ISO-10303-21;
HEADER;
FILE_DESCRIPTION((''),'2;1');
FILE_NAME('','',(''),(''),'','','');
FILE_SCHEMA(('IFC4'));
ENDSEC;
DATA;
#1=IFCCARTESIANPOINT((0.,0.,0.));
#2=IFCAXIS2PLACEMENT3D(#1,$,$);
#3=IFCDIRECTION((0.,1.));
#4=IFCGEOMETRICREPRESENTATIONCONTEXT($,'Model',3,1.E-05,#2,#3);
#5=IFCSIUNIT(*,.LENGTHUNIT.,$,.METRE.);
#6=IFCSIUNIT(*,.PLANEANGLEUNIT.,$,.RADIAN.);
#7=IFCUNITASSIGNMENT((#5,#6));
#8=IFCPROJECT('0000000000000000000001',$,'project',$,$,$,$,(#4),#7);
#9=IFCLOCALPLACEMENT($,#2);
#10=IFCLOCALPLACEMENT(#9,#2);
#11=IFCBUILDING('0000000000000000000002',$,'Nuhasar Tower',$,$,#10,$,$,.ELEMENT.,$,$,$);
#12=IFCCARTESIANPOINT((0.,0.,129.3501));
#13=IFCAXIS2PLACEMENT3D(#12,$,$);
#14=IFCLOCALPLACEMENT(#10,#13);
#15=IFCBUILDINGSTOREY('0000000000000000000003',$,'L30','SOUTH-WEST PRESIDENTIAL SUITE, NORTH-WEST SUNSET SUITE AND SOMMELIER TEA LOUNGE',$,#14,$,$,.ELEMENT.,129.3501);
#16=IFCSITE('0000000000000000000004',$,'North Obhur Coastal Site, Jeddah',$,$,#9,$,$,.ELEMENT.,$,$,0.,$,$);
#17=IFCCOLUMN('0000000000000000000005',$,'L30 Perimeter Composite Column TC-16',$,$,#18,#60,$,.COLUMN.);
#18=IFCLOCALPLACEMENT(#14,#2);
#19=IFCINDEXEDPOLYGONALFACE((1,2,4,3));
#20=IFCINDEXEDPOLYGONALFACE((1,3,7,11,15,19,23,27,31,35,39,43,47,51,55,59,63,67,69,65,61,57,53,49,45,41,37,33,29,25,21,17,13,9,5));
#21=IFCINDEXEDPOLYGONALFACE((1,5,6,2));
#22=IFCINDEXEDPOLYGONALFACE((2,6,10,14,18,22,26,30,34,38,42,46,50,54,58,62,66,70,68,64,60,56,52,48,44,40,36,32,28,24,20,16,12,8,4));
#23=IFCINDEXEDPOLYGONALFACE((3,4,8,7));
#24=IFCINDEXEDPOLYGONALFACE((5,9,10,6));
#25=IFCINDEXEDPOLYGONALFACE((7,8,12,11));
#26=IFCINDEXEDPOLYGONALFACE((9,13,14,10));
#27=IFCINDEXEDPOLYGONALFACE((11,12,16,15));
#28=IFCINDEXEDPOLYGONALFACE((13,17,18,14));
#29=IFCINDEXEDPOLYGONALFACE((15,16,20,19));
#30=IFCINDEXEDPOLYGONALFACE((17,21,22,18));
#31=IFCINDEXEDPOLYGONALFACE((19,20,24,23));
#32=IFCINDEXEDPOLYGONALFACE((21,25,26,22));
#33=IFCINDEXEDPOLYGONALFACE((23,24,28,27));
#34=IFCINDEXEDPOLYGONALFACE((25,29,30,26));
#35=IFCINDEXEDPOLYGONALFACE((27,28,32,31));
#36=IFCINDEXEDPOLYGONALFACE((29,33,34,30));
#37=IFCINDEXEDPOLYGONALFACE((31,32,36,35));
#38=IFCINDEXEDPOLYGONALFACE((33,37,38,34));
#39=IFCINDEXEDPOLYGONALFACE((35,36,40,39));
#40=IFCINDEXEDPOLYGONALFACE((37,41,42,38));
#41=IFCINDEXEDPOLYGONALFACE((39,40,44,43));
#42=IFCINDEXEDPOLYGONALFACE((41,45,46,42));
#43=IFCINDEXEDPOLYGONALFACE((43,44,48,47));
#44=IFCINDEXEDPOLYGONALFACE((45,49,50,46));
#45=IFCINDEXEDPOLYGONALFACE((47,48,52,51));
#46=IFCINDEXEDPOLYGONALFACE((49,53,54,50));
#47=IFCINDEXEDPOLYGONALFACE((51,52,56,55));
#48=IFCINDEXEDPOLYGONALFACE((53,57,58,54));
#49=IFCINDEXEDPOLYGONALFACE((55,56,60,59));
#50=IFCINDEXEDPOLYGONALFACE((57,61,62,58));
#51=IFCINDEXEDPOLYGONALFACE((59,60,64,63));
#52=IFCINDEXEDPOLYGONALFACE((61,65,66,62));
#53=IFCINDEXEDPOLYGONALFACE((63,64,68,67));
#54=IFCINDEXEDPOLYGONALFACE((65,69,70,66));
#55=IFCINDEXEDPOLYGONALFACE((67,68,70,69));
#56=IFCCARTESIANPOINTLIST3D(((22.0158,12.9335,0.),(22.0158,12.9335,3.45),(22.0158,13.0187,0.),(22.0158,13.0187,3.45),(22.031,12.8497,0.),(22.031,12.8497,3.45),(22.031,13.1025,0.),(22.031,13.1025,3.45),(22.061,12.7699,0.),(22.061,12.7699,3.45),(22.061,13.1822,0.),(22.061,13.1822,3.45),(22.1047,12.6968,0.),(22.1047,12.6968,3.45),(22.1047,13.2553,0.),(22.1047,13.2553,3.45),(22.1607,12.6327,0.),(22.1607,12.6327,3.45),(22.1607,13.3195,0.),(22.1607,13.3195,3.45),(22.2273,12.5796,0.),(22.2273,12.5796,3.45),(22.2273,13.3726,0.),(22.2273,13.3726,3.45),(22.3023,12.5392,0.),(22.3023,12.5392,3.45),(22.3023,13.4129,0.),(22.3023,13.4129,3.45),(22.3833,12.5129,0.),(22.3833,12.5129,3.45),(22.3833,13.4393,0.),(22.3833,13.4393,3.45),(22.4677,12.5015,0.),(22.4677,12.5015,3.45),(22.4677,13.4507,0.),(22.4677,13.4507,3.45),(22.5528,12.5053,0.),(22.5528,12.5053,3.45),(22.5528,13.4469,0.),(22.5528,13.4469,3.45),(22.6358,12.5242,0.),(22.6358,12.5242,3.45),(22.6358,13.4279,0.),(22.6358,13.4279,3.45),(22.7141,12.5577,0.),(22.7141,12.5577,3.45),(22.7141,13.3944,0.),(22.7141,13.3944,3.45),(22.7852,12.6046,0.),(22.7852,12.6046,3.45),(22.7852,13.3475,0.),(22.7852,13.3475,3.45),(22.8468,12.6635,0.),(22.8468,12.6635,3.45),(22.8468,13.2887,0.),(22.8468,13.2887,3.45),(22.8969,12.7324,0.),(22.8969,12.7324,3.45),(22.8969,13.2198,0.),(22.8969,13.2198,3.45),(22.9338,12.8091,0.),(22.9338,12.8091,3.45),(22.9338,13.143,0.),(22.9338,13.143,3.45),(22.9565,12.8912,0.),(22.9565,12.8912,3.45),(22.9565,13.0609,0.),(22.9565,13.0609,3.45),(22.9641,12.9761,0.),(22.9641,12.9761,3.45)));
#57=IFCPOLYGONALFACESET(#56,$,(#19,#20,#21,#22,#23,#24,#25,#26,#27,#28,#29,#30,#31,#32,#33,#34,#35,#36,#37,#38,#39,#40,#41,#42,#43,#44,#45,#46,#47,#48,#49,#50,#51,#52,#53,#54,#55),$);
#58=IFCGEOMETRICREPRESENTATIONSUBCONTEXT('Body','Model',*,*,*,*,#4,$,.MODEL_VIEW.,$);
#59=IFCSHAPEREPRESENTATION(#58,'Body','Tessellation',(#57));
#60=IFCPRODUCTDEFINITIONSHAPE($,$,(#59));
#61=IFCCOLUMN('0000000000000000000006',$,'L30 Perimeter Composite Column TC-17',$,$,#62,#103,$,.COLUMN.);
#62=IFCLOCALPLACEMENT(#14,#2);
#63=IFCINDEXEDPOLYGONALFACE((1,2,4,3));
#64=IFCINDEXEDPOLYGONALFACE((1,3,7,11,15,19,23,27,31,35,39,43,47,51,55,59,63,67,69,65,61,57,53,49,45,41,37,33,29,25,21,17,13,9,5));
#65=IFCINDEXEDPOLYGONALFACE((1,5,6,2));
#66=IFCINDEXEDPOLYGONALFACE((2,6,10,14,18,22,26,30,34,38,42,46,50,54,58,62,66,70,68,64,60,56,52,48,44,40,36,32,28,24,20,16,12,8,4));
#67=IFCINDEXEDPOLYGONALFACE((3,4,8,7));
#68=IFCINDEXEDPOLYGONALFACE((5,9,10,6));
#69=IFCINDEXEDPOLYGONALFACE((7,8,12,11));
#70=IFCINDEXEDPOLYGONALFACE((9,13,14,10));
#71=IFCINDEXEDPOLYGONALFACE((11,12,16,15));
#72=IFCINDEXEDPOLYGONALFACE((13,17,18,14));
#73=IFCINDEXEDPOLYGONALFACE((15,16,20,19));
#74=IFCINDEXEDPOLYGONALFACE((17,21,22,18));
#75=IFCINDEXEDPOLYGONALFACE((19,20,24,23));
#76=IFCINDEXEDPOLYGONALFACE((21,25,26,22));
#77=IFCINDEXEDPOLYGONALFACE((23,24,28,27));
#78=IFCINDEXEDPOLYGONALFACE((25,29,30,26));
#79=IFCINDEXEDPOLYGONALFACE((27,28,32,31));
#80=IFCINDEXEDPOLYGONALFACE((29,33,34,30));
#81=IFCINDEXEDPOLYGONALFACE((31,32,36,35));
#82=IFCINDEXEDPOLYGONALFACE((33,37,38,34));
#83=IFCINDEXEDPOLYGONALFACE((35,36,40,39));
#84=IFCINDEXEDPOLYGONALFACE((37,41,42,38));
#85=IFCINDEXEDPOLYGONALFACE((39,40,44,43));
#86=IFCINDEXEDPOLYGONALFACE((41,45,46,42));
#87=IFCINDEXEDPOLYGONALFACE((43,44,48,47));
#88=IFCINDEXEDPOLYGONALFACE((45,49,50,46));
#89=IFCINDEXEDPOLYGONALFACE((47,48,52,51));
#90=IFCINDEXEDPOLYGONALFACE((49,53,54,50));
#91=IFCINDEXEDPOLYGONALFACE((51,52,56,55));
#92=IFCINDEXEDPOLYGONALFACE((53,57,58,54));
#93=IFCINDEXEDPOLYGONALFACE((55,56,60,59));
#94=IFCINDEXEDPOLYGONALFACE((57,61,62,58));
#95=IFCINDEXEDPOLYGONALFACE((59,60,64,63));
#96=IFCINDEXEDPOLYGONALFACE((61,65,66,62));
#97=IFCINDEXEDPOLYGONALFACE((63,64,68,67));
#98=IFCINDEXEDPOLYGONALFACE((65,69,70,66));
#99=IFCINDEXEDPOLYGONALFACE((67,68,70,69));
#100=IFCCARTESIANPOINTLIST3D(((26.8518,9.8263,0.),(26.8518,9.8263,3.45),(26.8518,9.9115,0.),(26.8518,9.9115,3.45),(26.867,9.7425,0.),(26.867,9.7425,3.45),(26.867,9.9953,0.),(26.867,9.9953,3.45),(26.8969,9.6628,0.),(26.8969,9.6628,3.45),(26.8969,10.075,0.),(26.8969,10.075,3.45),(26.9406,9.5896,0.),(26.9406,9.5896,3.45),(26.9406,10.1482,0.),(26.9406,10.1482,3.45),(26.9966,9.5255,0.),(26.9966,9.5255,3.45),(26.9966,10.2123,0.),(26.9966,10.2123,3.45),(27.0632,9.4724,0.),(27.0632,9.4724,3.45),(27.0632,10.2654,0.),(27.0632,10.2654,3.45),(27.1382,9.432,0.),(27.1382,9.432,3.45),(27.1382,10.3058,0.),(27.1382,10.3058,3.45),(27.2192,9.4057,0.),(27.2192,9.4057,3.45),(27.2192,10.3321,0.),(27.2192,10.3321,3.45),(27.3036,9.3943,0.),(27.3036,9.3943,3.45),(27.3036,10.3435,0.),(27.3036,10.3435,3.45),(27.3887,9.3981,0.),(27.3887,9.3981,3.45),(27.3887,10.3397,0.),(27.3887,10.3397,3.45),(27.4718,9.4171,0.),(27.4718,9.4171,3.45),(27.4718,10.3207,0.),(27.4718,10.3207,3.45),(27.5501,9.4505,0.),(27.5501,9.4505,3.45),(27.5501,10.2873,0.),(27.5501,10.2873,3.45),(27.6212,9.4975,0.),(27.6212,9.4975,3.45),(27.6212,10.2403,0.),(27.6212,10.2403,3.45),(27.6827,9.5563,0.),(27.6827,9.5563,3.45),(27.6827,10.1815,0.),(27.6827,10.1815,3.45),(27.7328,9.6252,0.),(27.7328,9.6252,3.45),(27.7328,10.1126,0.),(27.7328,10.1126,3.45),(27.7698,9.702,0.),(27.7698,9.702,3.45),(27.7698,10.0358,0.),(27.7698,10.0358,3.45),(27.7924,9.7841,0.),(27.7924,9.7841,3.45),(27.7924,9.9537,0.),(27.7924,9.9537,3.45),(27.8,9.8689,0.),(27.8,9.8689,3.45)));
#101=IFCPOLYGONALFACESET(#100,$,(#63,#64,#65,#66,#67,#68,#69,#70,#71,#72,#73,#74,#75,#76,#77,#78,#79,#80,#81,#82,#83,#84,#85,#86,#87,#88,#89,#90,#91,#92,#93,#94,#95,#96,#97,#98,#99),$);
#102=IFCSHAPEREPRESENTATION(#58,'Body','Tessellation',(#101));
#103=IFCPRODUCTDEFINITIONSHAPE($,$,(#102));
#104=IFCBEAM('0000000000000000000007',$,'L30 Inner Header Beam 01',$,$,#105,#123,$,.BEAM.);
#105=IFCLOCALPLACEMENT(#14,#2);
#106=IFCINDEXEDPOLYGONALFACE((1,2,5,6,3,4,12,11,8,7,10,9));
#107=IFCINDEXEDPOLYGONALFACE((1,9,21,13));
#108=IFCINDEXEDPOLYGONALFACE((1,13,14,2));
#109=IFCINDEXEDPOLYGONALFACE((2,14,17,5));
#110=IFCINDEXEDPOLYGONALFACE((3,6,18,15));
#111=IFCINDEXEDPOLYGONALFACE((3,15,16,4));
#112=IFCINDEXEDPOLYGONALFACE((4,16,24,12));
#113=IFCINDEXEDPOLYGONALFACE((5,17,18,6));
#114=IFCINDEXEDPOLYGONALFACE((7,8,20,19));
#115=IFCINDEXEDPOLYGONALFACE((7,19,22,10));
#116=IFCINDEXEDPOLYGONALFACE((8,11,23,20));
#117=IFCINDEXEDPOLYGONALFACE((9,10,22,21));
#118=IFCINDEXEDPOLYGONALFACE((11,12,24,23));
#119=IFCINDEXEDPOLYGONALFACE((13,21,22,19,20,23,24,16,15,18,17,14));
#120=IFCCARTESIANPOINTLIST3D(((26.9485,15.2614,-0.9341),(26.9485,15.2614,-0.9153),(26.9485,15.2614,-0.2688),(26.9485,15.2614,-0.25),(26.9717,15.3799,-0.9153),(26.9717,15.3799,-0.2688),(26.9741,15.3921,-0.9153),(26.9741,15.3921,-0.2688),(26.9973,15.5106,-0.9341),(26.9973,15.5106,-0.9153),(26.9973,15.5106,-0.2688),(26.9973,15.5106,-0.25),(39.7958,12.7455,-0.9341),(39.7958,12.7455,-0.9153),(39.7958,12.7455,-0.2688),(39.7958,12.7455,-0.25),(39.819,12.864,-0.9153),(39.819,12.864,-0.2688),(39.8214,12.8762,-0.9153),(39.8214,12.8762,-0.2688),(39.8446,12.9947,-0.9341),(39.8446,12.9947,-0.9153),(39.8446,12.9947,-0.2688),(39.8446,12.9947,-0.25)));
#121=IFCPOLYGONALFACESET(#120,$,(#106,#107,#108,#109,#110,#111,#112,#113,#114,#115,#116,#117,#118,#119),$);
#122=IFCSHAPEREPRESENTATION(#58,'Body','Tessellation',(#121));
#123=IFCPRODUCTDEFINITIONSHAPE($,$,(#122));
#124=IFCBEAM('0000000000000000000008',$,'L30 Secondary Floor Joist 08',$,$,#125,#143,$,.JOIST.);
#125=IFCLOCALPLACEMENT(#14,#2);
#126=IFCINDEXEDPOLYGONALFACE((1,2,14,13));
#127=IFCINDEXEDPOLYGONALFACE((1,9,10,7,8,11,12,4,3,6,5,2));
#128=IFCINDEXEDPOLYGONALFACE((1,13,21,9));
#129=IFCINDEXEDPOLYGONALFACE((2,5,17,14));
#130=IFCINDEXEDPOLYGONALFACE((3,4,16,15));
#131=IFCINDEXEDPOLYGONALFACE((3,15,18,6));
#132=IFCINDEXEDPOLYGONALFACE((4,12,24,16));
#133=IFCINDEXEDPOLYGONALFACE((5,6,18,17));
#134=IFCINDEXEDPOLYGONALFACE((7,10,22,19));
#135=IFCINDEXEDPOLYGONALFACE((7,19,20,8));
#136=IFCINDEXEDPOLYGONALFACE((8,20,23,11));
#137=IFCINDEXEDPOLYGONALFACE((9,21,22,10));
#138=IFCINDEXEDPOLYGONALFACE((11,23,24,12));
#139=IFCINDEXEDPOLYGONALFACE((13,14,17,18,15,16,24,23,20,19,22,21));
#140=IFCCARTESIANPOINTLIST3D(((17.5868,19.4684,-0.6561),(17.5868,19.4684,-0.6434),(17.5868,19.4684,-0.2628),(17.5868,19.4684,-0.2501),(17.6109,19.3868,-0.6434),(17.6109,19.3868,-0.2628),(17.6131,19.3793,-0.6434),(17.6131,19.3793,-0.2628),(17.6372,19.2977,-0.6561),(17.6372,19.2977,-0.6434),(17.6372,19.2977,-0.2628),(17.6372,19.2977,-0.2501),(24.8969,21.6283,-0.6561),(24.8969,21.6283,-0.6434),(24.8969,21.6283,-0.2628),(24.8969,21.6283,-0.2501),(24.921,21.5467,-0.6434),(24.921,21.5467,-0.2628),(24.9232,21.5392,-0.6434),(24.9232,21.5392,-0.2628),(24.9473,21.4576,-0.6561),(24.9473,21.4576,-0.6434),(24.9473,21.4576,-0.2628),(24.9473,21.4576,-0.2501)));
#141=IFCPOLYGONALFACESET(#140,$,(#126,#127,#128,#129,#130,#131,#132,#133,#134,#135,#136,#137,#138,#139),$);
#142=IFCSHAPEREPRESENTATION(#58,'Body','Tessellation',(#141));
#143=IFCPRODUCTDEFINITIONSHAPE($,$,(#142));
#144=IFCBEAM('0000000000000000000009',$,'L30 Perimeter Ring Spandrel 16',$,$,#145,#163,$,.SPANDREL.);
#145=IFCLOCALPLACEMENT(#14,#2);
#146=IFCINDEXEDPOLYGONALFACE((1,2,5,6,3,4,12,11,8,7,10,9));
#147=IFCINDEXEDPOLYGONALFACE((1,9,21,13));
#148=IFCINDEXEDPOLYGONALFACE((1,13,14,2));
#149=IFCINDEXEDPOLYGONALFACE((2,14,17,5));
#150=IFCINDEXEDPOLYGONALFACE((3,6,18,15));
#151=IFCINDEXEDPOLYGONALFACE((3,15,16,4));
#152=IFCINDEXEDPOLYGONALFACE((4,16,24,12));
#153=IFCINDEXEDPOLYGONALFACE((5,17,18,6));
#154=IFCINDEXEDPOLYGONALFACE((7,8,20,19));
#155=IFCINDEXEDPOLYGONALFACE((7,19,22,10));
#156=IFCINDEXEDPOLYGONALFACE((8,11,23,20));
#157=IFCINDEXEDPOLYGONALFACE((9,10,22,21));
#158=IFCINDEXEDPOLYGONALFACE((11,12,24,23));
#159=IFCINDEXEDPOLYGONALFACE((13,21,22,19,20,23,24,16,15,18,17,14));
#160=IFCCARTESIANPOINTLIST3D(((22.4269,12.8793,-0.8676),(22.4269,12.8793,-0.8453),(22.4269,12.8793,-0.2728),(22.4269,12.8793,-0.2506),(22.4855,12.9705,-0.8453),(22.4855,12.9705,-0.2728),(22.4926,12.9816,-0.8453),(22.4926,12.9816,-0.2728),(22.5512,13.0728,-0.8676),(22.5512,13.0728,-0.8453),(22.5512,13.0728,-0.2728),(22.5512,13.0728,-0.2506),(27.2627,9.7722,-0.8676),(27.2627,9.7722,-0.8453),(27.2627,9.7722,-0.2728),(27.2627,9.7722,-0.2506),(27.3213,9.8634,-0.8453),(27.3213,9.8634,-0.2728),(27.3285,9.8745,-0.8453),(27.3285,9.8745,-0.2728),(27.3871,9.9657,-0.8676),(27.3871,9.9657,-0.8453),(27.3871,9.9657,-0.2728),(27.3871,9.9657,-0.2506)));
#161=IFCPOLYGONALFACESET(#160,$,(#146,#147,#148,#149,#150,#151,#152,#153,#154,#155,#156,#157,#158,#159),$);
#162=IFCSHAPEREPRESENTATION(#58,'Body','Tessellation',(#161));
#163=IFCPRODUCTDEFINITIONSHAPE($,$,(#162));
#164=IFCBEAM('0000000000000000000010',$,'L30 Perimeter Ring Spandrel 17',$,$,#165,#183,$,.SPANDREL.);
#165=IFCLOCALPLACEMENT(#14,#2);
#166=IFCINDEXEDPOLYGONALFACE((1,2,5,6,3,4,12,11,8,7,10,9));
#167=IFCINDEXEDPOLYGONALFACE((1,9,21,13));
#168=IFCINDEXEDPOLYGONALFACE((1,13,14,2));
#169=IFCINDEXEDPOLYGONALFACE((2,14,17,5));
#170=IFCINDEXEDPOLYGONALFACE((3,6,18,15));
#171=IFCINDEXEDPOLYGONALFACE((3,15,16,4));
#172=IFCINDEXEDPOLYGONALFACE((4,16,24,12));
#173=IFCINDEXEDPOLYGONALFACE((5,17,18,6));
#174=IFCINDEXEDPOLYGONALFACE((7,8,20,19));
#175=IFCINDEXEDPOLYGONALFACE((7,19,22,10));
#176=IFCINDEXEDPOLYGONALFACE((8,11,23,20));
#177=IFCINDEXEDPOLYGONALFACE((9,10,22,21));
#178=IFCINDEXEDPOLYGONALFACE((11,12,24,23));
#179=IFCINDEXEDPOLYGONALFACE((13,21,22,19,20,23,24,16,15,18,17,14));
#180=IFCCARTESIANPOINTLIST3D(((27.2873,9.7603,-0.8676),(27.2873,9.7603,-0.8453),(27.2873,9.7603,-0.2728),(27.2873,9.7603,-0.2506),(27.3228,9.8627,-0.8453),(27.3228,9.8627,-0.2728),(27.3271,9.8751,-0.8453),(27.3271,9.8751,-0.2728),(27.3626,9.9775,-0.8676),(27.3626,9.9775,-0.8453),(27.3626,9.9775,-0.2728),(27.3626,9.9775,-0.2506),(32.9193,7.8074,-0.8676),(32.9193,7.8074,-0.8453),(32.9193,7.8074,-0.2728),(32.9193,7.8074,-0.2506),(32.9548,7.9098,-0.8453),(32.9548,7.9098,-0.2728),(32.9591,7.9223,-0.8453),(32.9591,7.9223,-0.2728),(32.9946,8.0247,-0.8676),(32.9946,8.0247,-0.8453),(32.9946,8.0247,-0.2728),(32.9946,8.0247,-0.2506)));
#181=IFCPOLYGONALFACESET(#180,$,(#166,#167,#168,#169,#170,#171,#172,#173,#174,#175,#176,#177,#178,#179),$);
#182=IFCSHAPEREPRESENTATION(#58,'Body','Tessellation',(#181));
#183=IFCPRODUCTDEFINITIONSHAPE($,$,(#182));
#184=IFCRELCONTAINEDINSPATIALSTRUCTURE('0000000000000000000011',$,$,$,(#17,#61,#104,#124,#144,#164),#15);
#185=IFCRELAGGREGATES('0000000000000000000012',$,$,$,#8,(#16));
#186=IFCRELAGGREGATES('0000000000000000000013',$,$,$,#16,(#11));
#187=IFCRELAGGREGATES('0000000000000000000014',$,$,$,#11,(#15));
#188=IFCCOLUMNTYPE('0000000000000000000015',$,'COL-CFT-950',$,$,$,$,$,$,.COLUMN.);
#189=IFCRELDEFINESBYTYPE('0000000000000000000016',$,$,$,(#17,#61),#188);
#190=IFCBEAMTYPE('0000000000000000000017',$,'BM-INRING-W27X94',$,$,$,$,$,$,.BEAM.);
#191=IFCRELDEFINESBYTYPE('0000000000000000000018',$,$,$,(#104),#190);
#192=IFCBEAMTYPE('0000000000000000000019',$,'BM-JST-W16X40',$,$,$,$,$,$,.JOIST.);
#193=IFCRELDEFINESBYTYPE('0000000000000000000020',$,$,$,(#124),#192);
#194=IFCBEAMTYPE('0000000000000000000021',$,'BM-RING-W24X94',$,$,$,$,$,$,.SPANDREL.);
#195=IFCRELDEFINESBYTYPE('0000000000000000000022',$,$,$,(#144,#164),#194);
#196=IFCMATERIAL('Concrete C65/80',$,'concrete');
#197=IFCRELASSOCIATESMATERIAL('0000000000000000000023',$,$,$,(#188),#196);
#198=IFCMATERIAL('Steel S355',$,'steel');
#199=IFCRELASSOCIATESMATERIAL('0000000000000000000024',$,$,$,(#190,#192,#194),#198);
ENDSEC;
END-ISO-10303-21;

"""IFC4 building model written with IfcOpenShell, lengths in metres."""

from ifc_helpers import new_model, si_unit, direction, frame, origin, origin_2d, place, context, subcontext, project, spatial, circle, i_section, extrude, material, material_profile, profile_set, type_object, element, save


model = new_model("IFC4")

# Units and contexts
model_context = context("Model", 3, precision=1e-05, world=origin(), true_north=direction((0.0, 1.0)))
body_context = subcontext(model_context, "Body", "Model", "MODEL_VIEW")
ifc_project = project(units=[si_unit("LENGTHUNIT", "METRE"), si_unit("PLANEANGLEUNIT", "RADIAN")], contexts=[model_context])

# Site, building, storey
site_placement = place(None, origin())
site = spatial("IfcSite", under=ifc_project, at=site_placement, Name="North Obhur Coastal Site, Jeddah", CompositionType="ELEMENT", RefElevation=0.0)
building_placement = place(site_placement, origin())
building = spatial("IfcBuilding", under=site, at=building_placement, Name="Nuhasar Tower", CompositionType="ELEMENT")
storey_placement = place(building_placement, frame((0.0, 0.0, 129.3501)))
storey = spatial("IfcBuildingStorey", under=building, at=storey_placement, Name="L30", Description="SOUTH-WEST PRESIDENTIAL SUITE, NORTH-WEST SUNSET SUITE AND SOMMELIER TEA LOUNGE", CompositionType="ELEMENT", Elevation=129.3501)

# Columns
ifc_material_1 = material(Name="Concrete C65/80", Category="concrete")
ifc_material_profile_1 = material_profile(ifc_material_1, circle(Radius=0.4751, at=origin_2d()), Name="CFT950")
ifc_profile_set_1 = profile_set([ifc_material_profile_1], Name="Concrete C65/80")
column_type = type_object("IfcColumnType", Name="COL-CFT-950", PredefinedType="COLUMN", material=ifc_profile_set_1)
for number, where, z_axis, x_axis, name in (
    (1, (22.489, 12.9761, 0.0), (0.0, 0.0, 1.0), (1.0, 0.0, 0.0), "L30 Perimeter Composite Column TC-16"),
    (2, (27.325, 9.8689, 0.0), (0.0, 0.0, 1.0), (1.0, 0.0, 0.0), "L30 Perimeter Composite Column TC-17"),
):
    element("IfcColumn", number, at=place(storey_placement, frame(where, z_axis=z_axis, x_axis=x_axis)), inside=storey, type_object=column_type, Name=name, PredefinedType="COLUMN", context=body_context, shape_type="SweptSolid", body=[
        extrude(circle(Radius=0.4751, at=origin_2d()), origin(), (0.0, 0.0, 1.0), 3.45),
    ])

# Beams
ifc_material_2 = material(Name="Steel S355", Category="steel")
ifc_material_profile_2 = material_profile(ifc_material_2, i_section(OverallWidth=0.2539, OverallDepth=0.6841, WebThickness=0.0125, FlangeThickness=0.0188, at=origin_2d()), Name="W27X94")
ifc_profile_set_2 = profile_set([ifc_material_profile_2], Name="Steel S355")
beam_type_1 = type_object("IfcBeamType", Name="BM-INRING-W27X94", PredefinedType="BEAM", material=ifc_profile_set_2)
beam_1_placement = place(storey_placement, frame((26.9729, 15.386, -0.592), z_axis=(0.98136, -0.19218, 0.0), x_axis=(0.19218, 0.98136, 0.0)))
element("IfcBeam", 3, at=beam_1_placement, inside=storey, type_object=beam_type_1, Name="L30 Inner Header Beam 01", PredefinedType="BEAM", context=body_context, shape_type="SweptSolid", body=[
    extrude(i_section(OverallWidth=0.2539, OverallDepth=0.6841, WebThickness=0.0125, FlangeThickness=0.0188, at=origin_2d()), origin(), (0.0, 0.0, 1.0), 13.0913),
])
ifc_material_profile_3 = material_profile(ifc_material_2, i_section(OverallWidth=0.178, OverallDepth=0.406, WebThickness=0.0078, FlangeThickness=0.0127, at=origin_2d()), Name="W16X40")
ifc_profile_set_3 = profile_set([ifc_material_profile_3], Name="Steel S355")
beam_type_2 = type_object("IfcBeamType", Name="BM-JST-W16X40", PredefinedType="JOIST", material=ifc_profile_set_3)
beam_2_placement = place(storey_placement, frame((24.9221, 21.543, -0.4531), z_axis=(-0.959013, -0.283361, 0.0), x_axis=(0.283361, -0.959013, 0.0)))
element("IfcBeam", 4, at=beam_2_placement, inside=storey, type_object=beam_type_2, Name="L30 Secondary Floor Joist 08", PredefinedType="JOIST", context=body_context, shape_type="SweptSolid", body=[
    extrude(i_section(OverallWidth=0.178, OverallDepth=0.406, WebThickness=0.0078, FlangeThickness=0.0127, at=origin_2d()), origin(), (0.0, 0.0, 1.0), 7.6226),
])
ifc_material_profile_4 = material_profile(ifc_material_2, i_section(OverallWidth=0.23, OverallDepth=0.6169, WebThickness=0.0132, FlangeThickness=0.0222, at=origin_2d()), Name="W24X94")
ifc_profile_set_4 = profile_set([ifc_material_profile_4], Name="Steel S355")
beam_type_3 = type_object("IfcBeamType", Name="BM-RING-W24X94", PredefinedType="SPANDREL", material=ifc_profile_set_4)
beam_3_placement = place(storey_placement, frame((22.489, 12.9761, -0.5591), z_axis=(0.841308, -0.540556, 0.0), x_axis=(0.540556, 0.841308, 0.0)))
element("IfcBeam", 5, at=beam_3_placement, inside=storey, type_object=beam_type_3, Name="L30 Perimeter Ring Spandrel 16", PredefinedType="SPANDREL", context=body_context, shape_type="SweptSolid", body=[
    extrude(i_section(OverallWidth=0.23, OverallDepth=0.6169, WebThickness=0.0132, FlangeThickness=0.0222, at=origin_2d()), origin(), (0.0, 0.0, 1.0), 5.748),
])
beam_4_placement = place(storey_placement, frame((27.325, 9.8689, -0.5591), z_axis=(0.944814, -0.327607, 0.0), x_axis=(0.327607, 0.944814, 0.0)))
element("IfcBeam", 6, at=beam_4_placement, inside=storey, type_object=beam_type_3, Name="L30 Perimeter Ring Spandrel 17", PredefinedType="SPANDREL", context=body_context, shape_type="SweptSolid", body=[
    extrude(i_section(OverallWidth=0.23, OverallDepth=0.6169, WebThickness=0.0132, FlangeThickness=0.0222, at=origin_2d()), origin(), (0.0, 0.0, 1.0), 5.9609),
])

save(model, "model.ifc")
